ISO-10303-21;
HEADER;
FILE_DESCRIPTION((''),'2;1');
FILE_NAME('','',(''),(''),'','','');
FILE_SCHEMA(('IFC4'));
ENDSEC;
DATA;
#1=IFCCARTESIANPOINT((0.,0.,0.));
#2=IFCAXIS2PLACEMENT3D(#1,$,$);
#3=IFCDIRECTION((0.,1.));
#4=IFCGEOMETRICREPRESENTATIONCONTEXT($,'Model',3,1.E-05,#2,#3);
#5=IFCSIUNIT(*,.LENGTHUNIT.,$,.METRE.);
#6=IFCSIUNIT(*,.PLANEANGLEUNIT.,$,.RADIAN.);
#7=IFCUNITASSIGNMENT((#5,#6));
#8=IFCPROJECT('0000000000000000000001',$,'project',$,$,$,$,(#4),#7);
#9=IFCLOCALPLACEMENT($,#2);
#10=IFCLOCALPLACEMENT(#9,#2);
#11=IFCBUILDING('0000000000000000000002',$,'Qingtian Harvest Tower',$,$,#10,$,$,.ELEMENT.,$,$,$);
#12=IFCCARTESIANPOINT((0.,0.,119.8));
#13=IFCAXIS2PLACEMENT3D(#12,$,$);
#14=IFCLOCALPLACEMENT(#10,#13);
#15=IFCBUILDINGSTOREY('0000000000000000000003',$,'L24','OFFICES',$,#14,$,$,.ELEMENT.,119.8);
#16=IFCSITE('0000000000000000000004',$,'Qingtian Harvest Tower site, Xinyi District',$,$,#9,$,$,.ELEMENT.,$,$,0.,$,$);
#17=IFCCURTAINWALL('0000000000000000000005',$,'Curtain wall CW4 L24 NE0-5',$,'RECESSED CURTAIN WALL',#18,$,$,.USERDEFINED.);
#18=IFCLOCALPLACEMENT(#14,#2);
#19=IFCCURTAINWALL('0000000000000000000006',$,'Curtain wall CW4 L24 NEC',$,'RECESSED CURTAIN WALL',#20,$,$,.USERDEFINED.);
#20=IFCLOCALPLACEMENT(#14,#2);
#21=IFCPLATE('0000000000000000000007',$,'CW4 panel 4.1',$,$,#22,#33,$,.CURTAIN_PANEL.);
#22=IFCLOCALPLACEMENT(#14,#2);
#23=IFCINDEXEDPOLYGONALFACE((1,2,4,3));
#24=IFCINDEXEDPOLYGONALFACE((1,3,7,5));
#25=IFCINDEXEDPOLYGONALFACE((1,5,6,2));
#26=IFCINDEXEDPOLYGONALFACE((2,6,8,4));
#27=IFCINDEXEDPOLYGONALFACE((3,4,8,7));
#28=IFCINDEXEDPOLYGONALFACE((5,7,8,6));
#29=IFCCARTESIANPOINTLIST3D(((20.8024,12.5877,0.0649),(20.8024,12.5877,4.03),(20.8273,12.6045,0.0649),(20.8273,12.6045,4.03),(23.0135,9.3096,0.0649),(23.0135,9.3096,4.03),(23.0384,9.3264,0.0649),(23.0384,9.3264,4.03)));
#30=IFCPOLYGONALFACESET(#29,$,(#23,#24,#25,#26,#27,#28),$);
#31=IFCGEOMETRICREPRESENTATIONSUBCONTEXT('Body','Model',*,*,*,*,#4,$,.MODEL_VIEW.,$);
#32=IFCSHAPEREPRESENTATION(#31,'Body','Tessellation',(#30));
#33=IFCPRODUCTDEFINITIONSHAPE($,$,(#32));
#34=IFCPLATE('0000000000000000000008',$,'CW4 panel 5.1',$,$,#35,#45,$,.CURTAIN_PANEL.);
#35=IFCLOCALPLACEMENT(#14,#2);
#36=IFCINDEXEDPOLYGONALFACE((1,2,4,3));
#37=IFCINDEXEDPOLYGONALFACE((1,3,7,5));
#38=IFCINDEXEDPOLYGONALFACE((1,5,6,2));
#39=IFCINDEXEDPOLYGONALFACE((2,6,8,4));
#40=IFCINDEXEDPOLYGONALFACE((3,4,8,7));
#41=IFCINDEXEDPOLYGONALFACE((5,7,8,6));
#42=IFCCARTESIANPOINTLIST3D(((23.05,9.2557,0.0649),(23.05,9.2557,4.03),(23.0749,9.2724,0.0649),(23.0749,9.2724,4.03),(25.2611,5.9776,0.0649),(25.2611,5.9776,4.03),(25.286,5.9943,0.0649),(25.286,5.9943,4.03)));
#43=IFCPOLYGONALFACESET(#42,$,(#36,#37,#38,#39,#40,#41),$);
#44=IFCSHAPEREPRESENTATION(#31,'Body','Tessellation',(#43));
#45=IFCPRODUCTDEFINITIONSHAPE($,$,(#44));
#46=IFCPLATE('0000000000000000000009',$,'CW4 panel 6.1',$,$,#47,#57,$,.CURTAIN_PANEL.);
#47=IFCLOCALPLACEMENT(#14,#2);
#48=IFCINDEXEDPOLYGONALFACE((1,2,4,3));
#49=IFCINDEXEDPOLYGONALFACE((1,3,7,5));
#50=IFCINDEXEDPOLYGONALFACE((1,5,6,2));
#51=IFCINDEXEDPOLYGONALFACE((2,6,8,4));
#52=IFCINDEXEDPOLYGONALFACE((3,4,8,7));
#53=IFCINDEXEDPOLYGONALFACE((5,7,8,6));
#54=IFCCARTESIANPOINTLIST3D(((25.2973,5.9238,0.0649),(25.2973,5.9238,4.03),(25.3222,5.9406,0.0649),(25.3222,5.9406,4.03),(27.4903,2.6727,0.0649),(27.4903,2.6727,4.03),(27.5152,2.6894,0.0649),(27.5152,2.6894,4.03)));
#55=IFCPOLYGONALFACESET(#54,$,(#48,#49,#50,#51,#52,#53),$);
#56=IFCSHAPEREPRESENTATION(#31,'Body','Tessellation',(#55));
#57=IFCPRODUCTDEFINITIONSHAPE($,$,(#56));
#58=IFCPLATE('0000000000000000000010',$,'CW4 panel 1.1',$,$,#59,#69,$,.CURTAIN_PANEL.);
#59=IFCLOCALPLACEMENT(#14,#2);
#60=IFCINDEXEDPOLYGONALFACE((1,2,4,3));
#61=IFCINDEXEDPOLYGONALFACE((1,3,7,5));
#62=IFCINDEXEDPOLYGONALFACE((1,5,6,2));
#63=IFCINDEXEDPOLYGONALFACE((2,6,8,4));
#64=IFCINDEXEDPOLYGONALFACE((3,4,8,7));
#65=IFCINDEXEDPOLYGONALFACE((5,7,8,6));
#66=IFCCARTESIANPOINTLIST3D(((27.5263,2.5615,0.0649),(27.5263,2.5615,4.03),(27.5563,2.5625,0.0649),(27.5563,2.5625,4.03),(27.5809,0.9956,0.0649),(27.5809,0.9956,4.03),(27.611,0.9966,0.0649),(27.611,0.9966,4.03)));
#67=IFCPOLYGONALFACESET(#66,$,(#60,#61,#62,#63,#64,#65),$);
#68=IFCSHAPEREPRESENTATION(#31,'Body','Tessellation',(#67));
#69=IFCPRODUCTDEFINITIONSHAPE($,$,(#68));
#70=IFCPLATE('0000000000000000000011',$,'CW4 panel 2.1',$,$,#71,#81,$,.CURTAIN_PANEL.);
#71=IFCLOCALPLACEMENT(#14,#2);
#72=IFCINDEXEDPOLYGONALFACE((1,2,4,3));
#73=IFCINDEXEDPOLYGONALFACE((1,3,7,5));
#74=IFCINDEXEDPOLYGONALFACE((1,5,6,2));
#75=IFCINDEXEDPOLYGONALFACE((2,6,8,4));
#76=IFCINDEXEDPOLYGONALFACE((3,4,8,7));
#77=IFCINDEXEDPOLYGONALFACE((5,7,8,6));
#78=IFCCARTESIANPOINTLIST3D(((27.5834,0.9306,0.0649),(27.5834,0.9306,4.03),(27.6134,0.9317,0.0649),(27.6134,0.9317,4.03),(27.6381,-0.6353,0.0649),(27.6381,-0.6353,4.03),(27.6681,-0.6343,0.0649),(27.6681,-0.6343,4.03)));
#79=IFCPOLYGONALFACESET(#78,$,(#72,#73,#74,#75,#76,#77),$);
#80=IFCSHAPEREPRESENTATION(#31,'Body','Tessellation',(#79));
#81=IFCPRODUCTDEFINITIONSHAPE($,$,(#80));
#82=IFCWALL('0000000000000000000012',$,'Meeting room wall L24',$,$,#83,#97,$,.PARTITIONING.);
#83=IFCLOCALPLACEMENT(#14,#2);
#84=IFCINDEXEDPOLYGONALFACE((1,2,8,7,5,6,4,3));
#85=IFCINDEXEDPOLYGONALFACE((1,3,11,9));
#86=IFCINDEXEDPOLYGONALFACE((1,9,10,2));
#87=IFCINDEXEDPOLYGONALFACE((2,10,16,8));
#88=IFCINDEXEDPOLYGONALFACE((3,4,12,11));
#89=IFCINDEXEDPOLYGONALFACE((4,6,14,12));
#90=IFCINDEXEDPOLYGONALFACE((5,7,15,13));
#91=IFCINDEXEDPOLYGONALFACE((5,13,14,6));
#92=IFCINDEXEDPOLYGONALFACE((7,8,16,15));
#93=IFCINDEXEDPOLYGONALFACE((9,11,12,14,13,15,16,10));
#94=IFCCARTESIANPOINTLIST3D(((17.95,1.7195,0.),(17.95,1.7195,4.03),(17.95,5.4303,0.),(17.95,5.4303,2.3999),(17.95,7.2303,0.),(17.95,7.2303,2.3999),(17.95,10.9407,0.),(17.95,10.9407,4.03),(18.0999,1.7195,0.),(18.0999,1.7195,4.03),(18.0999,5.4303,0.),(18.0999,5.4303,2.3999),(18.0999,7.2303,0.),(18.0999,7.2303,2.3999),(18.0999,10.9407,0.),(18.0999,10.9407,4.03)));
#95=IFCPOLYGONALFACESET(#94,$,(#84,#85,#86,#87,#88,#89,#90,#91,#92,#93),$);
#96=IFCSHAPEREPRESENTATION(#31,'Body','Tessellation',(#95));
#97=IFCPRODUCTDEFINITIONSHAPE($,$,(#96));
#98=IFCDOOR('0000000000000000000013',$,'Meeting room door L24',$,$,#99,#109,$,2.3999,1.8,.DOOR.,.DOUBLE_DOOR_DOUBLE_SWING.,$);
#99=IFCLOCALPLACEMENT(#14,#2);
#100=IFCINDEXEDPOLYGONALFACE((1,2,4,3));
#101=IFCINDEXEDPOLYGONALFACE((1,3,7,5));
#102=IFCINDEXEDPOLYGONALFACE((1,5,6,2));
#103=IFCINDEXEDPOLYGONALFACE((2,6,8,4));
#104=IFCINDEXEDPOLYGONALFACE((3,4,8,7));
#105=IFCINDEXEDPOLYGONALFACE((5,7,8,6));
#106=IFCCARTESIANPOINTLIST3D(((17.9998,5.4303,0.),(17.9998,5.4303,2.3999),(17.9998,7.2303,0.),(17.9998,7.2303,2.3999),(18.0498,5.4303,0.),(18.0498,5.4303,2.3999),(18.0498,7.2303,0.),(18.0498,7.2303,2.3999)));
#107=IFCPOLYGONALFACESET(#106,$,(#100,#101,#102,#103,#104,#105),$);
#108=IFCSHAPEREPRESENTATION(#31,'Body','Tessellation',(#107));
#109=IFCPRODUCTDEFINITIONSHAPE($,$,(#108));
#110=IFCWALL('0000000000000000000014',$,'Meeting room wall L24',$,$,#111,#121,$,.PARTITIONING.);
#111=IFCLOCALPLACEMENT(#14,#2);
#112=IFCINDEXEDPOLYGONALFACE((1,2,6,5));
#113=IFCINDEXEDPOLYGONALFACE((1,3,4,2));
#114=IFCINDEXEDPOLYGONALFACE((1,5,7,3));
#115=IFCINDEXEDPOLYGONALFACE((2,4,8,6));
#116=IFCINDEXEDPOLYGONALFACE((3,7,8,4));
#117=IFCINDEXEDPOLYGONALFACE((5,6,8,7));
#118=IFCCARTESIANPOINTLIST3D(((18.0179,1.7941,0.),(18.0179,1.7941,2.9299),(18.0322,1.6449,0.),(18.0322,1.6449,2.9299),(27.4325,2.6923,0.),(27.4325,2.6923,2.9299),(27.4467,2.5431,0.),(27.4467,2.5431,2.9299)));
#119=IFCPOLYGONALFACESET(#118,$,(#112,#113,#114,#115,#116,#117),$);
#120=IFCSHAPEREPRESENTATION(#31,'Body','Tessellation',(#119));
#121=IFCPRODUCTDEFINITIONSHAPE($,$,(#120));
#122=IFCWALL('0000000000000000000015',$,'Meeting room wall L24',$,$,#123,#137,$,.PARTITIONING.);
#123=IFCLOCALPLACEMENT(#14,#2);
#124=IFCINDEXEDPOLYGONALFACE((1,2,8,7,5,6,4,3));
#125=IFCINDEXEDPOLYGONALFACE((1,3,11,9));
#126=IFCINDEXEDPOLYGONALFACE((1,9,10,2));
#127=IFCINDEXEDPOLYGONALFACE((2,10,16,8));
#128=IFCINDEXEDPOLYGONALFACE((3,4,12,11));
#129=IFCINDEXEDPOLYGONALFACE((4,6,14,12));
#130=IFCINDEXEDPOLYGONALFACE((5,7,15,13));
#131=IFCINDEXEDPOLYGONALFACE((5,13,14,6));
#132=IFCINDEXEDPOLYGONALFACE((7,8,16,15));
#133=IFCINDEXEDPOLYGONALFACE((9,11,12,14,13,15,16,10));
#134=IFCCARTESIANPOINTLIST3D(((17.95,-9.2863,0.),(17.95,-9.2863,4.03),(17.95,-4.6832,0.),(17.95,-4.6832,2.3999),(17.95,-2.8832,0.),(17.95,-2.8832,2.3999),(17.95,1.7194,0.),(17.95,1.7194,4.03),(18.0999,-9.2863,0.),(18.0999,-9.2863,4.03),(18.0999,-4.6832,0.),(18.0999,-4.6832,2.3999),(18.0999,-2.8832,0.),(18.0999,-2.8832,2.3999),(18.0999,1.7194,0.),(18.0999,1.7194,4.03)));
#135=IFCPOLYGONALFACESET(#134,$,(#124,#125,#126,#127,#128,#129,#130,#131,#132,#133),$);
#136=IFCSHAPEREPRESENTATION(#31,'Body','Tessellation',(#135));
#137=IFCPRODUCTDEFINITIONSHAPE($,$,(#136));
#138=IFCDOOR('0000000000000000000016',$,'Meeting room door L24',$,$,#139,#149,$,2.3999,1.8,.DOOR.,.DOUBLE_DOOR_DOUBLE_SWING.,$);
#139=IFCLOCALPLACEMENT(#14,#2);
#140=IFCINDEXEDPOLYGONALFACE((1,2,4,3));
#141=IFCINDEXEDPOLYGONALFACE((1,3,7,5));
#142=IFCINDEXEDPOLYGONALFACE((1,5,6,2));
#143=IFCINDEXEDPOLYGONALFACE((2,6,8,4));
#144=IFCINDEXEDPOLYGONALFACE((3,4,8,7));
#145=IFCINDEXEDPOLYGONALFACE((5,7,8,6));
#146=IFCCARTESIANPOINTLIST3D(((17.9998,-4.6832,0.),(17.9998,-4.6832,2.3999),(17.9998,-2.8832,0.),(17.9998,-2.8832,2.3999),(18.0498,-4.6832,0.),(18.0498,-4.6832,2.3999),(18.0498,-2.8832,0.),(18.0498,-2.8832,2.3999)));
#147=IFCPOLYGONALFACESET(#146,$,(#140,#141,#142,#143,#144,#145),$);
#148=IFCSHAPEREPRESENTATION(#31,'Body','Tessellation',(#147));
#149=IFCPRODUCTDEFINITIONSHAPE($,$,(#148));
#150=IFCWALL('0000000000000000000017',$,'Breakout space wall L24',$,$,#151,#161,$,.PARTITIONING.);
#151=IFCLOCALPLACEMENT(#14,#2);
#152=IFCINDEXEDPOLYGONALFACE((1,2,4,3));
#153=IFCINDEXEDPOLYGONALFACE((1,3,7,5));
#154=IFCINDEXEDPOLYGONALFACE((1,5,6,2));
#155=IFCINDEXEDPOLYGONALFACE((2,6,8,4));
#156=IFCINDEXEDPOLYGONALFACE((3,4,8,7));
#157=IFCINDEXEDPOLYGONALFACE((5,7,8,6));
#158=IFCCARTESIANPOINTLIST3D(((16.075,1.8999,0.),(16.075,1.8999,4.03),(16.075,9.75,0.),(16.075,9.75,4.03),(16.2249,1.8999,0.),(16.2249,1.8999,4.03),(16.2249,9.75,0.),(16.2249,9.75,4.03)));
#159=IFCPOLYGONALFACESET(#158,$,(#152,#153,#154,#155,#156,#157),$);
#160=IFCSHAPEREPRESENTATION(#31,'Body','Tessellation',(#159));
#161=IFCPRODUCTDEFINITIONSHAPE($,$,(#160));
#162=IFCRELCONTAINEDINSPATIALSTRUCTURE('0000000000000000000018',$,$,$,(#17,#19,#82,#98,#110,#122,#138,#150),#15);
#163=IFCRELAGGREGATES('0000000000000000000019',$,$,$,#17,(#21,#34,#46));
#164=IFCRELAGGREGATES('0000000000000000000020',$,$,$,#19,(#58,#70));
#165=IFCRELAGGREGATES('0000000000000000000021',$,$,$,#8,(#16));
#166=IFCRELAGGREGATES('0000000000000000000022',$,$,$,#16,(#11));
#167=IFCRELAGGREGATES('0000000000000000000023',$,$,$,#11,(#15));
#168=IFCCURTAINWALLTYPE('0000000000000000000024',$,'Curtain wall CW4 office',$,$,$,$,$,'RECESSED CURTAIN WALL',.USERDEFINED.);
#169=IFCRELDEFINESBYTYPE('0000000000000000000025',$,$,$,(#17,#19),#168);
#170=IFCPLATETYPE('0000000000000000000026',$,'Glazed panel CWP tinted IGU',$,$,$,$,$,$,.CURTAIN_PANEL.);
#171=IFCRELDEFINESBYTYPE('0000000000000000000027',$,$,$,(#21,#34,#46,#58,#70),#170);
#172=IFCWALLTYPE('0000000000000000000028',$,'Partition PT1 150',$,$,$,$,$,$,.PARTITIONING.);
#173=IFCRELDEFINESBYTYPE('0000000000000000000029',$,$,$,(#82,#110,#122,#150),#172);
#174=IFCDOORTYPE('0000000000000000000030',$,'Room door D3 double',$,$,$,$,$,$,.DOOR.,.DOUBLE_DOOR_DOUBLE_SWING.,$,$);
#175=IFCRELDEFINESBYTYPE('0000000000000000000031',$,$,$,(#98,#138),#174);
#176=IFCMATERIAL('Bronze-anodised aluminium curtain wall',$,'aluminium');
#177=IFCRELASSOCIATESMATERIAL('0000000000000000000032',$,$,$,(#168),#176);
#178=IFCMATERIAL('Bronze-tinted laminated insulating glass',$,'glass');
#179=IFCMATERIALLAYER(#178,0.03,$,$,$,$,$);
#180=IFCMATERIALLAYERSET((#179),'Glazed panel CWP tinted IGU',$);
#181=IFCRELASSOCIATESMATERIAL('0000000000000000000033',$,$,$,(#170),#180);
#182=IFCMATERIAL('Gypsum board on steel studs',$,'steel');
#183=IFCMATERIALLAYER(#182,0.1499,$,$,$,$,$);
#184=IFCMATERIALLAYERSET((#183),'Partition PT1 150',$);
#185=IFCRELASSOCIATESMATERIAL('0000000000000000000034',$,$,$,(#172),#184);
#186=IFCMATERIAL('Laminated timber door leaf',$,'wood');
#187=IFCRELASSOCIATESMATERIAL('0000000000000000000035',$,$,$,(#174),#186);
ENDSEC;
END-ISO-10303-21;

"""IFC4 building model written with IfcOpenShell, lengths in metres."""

from ifc_helpers import new_model, si_unit, direction, frame, frame_2d, origin, origin_2d, place, context, subcontext, project, spatial, rectangle, extrude, material, layer, layer_set, type_object, element, fill, aggregate, save


model = new_model("IFC4")

# Units and contexts
model_context = context("Model", 3, precision=1e-05, world=origin(), true_north=direction((0.0, 1.0)))
body_context = subcontext(model_context, "Body", "Model", "MODEL_VIEW")
ifc_project = project(units=[si_unit("LENGTHUNIT", "METRE"), si_unit("PLANEANGLEUNIT", "RADIAN")], contexts=[model_context])

# Site, building, storey
site_placement = place(None, origin())
site = spatial("IfcSite", under=ifc_project, at=site_placement, Name="Qingtian Harvest Tower site, Xinyi District", CompositionType="ELEMENT", RefElevation=0.0)
building_placement = place(site_placement, origin())
building = spatial("IfcBuilding", under=site, at=building_placement, Name="Qingtian Harvest Tower", CompositionType="ELEMENT")
storey_placement = place(building_placement, frame((0.0, 0.0, 119.8)))
storey = spatial("IfcBuildingStorey", under=building, at=storey_placement, Name="L24", Description="OFFICES", CompositionType="ELEMENT", Elevation=119.8)

# Curtain walls
ifc_material_1 = material(Name="Bronze-anodised aluminium curtain wall", Category="aluminium")
curtain_wall_type = type_object("IfcCurtainWallType", Name="Curtain wall CW4 office", ElementType="RECESSED CURTAIN WALL", PredefinedType="USERDEFINED", material=ifc_material_1)
curtain_wall_1_placement = place(storey_placement, origin())
curtain_wall_1 = element("IfcCurtainWall", 1, at=curtain_wall_1_placement, inside=storey, type_object=curtain_wall_type, Name="Curtain wall CW4 L24 NE0-5", ObjectType="RECESSED CURTAIN WALL", PredefinedType="USERDEFINED")
curtain_wall_2_placement = place(storey_placement, origin())
curtain_wall_2 = element("IfcCurtainWall", 2, at=curtain_wall_2_placement, inside=storey, type_object=curtain_wall_type, Name="Curtain wall CW4 L24 NEC", ObjectType="RECESSED CURTAIN WALL", PredefinedType="USERDEFINED")

# Plates
ifc_material_2 = material(Name="Bronze-tinted laminated insulating glass", Category="glass")
ifc_layer_1 = layer(ifc_material_2, 0.03)
ifc_layer_set_1 = layer_set([ifc_layer_1], Name="Glazed panel CWP tinted IGU")
plate_type = type_object("IfcPlateType", Name="Glazed panel CWP tinted IGU", PredefinedType="CURTAIN_PANEL", material=ifc_layer_set_1)
plate_1_placement = place(storey_placement, frame((21.9204, 10.957, 0.0649), z_axis=(0.0, 0.0, 1.0), x_axis=(0.559193, -0.829038, 0.0)))
plate_1 = element("IfcPlate", 3, at=plate_1_placement, type_object=plate_type, Name="CW4 panel 4.1", PredefinedType="CURTAIN_PANEL", context=body_context, shape_type="SweptSolid", body=[
    extrude(rectangle(XDim=3.9541, YDim=0.03, at=origin_2d()), origin(), (0.0, 0.0, 1.0), 3.9651),
])
plate_2_placement = place(storey_placement, frame((24.168, 7.625, 0.0649), z_axis=(0.0, 0.0, 1.0), x_axis=(0.559193, -0.829038, 0.0)))
plate_2 = element("IfcPlate", 4, at=plate_2_placement, type_object=plate_type, Name="CW4 panel 5.1", PredefinedType="CURTAIN_PANEL", context=body_context, shape_type="SweptSolid", body=[
    extrude(rectangle(XDim=3.9541, YDim=0.03, at=origin_2d()), origin(), (0.0, 0.0, 1.0), 3.9651),
])
plate_3_placement = place(storey_placement, frame((26.4062, 4.3066, 0.0649), z_axis=(0.0, 0.0, 1.0), x_axis=(0.559193, -0.829038, 0.0)))
plate_3 = element("IfcPlate", 5, at=plate_3_placement, type_object=plate_type, Name="CW4 panel 6.1", PredefinedType="CURTAIN_PANEL", context=body_context, shape_type="SweptSolid", body=[
    extrude(rectangle(XDim=3.9216, YDim=0.03, at=origin_2d()), origin(), (0.0, 0.0, 1.0), 3.9651),
])
aggregate(curtain_wall_1, [plate_1, plate_2, plate_3])
plate_4_placement = place(storey_placement, frame((27.5686, 1.7791, 0.0649), z_axis=(0.0, 0.0, 1.0), x_axis=(0.034899, -0.999391, 0.0)))
plate_4 = element("IfcPlate", 6, at=plate_4_placement, type_object=plate_type, Name="CW4 panel 1.1", PredefinedType="CURTAIN_PANEL", context=body_context, shape_type="SweptSolid", body=[
    extrude(rectangle(XDim=1.5669, YDim=0.03, at=origin_2d()), origin(), (0.0, 0.0, 1.0), 3.9651),
])
plate_5_placement = place(storey_placement, frame((27.6257, 0.1482, 0.0649), z_axis=(0.0, 0.0, 1.0), x_axis=(0.034899, -0.999391, 0.0)))
plate_5 = element("IfcPlate", 7, at=plate_5_placement, type_object=plate_type, Name="CW4 panel 2.1", PredefinedType="CURTAIN_PANEL", context=body_context, shape_type="SweptSolid", body=[
    extrude(rectangle(XDim=1.5669, YDim=0.03, at=origin_2d()), origin(), (0.0, 0.0, 1.0), 3.9651),
])
aggregate(curtain_wall_2, [plate_4, plate_5])

# Wall, opening, door
ifc_material_3 = material(Name="Gypsum board on steel studs", Category="steel")
ifc_layer_2 = layer(ifc_material_3, 0.1499)
ifc_layer_set_2 = layer_set([ifc_layer_2], Name="Partition PT1 150")
wall_type = type_object("IfcWallType", Name="Partition PT1 150", PredefinedType="PARTITIONING", material=ifc_layer_set_2)
wall_1_placement = place(storey_placement, frame((18.0249, 10.9407, 0.0), z_axis=(0.0, 0.0, 1.0), x_axis=(0.0, -1.0, 0.0)))
wall_1 = element("IfcWall", 8, at=wall_1_placement, inside=storey, type_object=wall_type, Name="Meeting room wall L24", PredefinedType="PARTITIONING", context=body_context, shape_type="SweptSolid", body=[
    extrude(rectangle(XDim=9.2212, YDim=0.1499, at=frame_2d((4.6106, 0.0))), origin(), (0.0, 0.0, 1.0), 4.03),
])
opening_1_placement = place(wall_1_placement, frame((3.7104, 0.0, 0.0)))
opening_1 = element("IfcOpeningElement", 9, at=opening_1_placement, cuts=wall_1, PredefinedType="OPENING", context=body_context, shape_type="SweptSolid", body=[
    extrude(rectangle(XDim=1.8, YDim=2.3999, at=frame_2d((0.8999, 1.2))), frame((0.0, 0.085, 0.0), z_axis=(0.0, -1.0, 0.0), x_axis=(1.0, 0.0, 0.0)), (0.0, 0.0, 1.0), 0.1699),
])
ifc_material_4 = material(Name="Laminated timber door leaf", Category="wood")
door_type = type_object("IfcDoorType", Name="Room door D3 double", OperationType="DOUBLE_DOOR_DOUBLE_SWING", PredefinedType="DOOR", material=ifc_material_4)
door_1_placement = place(opening_1_placement, origin())
door_1 = element("IfcDoor", 10, at=door_1_placement, inside=storey, type_object=door_type, Name="Meeting room door L24", OperationType="DOUBLE_DOOR_DOUBLE_SWING", OverallHeight=2.3999, OverallWidth=1.8, PredefinedType="DOOR", context=body_context, shape_type="SweptSolid", body=[
    extrude(rectangle(XDim=1.8, YDim=2.3999, at=frame_2d((0.8999, 1.2))), frame((0.0, 0.0249, 0.0), z_axis=(0.0, -1.0, 0.0), x_axis=(1.0, 0.0, 0.0)), (0.0, 0.0, 1.0), 0.05),
])
fill(opening_1, door_1)

# Wall
wall_2_placement = place(storey_placement, frame((27.4395, 2.6177, 0.0), z_axis=(0.0, 0.0, 1.0), x_axis=(-0.99548, -0.094974, 0.0)))
element("IfcWall", 11, at=wall_2_placement, inside=storey, type_object=wall_type, Name="Meeting room wall L24", PredefinedType="PARTITIONING", context=body_context, shape_type="SweptSolid", body=[
    extrude(rectangle(XDim=9.4573, YDim=0.1499, at=frame_2d((4.7285, 0.0))), origin(), (0.0, 0.0, 1.0), 2.9299),
])

# Wall, opening, door
wall_3_placement = place(storey_placement, frame((18.0249, 1.7195, 0.0), z_axis=(0.0, 0.0, 1.0), x_axis=(0.0, -1.0, 0.0)))
wall_3 = element("IfcWall", 12, at=wall_3_placement, inside=storey, type_object=wall_type, Name="Meeting room wall L24", PredefinedType="PARTITIONING", context=body_context, shape_type="SweptSolid", body=[
    extrude(rectangle(XDim=11.0056, YDim=0.1499, at=frame_2d((5.5029, 0.0))), origin(), (0.0, 0.0, 1.0), 4.03),
])
opening_2_placement = place(wall_3_placement, frame((4.6028, 0.0, 0.0)))
opening_2 = element("IfcOpeningElement", 13, at=opening_2_placement, cuts=wall_3, PredefinedType="OPENING", context=body_context, shape_type="SweptSolid", body=[
    extrude(rectangle(XDim=1.8, YDim=2.3999, at=frame_2d((0.8999, 1.2))), frame((0.0, 0.085, 0.0), z_axis=(0.0, -1.0, 0.0), x_axis=(1.0, 0.0, 0.0)), (0.0, 0.0, 1.0), 0.1699),
])
door_2_placement = place(opening_2_placement, origin())
door_2 = element("IfcDoor", 14, at=door_2_placement, inside=storey, type_object=door_type, Name="Meeting room door L24", OperationType="DOUBLE_DOOR_DOUBLE_SWING", OverallHeight=2.3999, OverallWidth=1.8, PredefinedType="DOOR", context=body_context, shape_type="SweptSolid", body=[
    extrude(rectangle(XDim=1.8, YDim=2.3999, at=frame_2d((0.8999, 1.2))), frame((0.0, 0.0249, 0.0), z_axis=(0.0, -1.0, 0.0), x_axis=(1.0, 0.0, 0.0)), (0.0, 0.0, 1.0), 0.05),
])
fill(opening_2, door_2)

# Wall
wall_4_placement = place(storey_placement, frame((16.1499, 1.8999, 0.0), z_axis=(0.0, 0.0, 1.0), x_axis=(0.0, 1.0, 0.0)))
element("IfcWall", 15, at=wall_4_placement, inside=storey, type_object=wall_type, Name="Breakout space wall L24", PredefinedType="PARTITIONING", context=body_context, shape_type="SweptSolid", body=[
    extrude(rectangle(XDim=7.8501, YDim=0.1499, at=frame_2d((3.925, 0.0))), origin(), (0.0, 0.0, 1.0), 4.03),
])

save(model, "model.ifc")
